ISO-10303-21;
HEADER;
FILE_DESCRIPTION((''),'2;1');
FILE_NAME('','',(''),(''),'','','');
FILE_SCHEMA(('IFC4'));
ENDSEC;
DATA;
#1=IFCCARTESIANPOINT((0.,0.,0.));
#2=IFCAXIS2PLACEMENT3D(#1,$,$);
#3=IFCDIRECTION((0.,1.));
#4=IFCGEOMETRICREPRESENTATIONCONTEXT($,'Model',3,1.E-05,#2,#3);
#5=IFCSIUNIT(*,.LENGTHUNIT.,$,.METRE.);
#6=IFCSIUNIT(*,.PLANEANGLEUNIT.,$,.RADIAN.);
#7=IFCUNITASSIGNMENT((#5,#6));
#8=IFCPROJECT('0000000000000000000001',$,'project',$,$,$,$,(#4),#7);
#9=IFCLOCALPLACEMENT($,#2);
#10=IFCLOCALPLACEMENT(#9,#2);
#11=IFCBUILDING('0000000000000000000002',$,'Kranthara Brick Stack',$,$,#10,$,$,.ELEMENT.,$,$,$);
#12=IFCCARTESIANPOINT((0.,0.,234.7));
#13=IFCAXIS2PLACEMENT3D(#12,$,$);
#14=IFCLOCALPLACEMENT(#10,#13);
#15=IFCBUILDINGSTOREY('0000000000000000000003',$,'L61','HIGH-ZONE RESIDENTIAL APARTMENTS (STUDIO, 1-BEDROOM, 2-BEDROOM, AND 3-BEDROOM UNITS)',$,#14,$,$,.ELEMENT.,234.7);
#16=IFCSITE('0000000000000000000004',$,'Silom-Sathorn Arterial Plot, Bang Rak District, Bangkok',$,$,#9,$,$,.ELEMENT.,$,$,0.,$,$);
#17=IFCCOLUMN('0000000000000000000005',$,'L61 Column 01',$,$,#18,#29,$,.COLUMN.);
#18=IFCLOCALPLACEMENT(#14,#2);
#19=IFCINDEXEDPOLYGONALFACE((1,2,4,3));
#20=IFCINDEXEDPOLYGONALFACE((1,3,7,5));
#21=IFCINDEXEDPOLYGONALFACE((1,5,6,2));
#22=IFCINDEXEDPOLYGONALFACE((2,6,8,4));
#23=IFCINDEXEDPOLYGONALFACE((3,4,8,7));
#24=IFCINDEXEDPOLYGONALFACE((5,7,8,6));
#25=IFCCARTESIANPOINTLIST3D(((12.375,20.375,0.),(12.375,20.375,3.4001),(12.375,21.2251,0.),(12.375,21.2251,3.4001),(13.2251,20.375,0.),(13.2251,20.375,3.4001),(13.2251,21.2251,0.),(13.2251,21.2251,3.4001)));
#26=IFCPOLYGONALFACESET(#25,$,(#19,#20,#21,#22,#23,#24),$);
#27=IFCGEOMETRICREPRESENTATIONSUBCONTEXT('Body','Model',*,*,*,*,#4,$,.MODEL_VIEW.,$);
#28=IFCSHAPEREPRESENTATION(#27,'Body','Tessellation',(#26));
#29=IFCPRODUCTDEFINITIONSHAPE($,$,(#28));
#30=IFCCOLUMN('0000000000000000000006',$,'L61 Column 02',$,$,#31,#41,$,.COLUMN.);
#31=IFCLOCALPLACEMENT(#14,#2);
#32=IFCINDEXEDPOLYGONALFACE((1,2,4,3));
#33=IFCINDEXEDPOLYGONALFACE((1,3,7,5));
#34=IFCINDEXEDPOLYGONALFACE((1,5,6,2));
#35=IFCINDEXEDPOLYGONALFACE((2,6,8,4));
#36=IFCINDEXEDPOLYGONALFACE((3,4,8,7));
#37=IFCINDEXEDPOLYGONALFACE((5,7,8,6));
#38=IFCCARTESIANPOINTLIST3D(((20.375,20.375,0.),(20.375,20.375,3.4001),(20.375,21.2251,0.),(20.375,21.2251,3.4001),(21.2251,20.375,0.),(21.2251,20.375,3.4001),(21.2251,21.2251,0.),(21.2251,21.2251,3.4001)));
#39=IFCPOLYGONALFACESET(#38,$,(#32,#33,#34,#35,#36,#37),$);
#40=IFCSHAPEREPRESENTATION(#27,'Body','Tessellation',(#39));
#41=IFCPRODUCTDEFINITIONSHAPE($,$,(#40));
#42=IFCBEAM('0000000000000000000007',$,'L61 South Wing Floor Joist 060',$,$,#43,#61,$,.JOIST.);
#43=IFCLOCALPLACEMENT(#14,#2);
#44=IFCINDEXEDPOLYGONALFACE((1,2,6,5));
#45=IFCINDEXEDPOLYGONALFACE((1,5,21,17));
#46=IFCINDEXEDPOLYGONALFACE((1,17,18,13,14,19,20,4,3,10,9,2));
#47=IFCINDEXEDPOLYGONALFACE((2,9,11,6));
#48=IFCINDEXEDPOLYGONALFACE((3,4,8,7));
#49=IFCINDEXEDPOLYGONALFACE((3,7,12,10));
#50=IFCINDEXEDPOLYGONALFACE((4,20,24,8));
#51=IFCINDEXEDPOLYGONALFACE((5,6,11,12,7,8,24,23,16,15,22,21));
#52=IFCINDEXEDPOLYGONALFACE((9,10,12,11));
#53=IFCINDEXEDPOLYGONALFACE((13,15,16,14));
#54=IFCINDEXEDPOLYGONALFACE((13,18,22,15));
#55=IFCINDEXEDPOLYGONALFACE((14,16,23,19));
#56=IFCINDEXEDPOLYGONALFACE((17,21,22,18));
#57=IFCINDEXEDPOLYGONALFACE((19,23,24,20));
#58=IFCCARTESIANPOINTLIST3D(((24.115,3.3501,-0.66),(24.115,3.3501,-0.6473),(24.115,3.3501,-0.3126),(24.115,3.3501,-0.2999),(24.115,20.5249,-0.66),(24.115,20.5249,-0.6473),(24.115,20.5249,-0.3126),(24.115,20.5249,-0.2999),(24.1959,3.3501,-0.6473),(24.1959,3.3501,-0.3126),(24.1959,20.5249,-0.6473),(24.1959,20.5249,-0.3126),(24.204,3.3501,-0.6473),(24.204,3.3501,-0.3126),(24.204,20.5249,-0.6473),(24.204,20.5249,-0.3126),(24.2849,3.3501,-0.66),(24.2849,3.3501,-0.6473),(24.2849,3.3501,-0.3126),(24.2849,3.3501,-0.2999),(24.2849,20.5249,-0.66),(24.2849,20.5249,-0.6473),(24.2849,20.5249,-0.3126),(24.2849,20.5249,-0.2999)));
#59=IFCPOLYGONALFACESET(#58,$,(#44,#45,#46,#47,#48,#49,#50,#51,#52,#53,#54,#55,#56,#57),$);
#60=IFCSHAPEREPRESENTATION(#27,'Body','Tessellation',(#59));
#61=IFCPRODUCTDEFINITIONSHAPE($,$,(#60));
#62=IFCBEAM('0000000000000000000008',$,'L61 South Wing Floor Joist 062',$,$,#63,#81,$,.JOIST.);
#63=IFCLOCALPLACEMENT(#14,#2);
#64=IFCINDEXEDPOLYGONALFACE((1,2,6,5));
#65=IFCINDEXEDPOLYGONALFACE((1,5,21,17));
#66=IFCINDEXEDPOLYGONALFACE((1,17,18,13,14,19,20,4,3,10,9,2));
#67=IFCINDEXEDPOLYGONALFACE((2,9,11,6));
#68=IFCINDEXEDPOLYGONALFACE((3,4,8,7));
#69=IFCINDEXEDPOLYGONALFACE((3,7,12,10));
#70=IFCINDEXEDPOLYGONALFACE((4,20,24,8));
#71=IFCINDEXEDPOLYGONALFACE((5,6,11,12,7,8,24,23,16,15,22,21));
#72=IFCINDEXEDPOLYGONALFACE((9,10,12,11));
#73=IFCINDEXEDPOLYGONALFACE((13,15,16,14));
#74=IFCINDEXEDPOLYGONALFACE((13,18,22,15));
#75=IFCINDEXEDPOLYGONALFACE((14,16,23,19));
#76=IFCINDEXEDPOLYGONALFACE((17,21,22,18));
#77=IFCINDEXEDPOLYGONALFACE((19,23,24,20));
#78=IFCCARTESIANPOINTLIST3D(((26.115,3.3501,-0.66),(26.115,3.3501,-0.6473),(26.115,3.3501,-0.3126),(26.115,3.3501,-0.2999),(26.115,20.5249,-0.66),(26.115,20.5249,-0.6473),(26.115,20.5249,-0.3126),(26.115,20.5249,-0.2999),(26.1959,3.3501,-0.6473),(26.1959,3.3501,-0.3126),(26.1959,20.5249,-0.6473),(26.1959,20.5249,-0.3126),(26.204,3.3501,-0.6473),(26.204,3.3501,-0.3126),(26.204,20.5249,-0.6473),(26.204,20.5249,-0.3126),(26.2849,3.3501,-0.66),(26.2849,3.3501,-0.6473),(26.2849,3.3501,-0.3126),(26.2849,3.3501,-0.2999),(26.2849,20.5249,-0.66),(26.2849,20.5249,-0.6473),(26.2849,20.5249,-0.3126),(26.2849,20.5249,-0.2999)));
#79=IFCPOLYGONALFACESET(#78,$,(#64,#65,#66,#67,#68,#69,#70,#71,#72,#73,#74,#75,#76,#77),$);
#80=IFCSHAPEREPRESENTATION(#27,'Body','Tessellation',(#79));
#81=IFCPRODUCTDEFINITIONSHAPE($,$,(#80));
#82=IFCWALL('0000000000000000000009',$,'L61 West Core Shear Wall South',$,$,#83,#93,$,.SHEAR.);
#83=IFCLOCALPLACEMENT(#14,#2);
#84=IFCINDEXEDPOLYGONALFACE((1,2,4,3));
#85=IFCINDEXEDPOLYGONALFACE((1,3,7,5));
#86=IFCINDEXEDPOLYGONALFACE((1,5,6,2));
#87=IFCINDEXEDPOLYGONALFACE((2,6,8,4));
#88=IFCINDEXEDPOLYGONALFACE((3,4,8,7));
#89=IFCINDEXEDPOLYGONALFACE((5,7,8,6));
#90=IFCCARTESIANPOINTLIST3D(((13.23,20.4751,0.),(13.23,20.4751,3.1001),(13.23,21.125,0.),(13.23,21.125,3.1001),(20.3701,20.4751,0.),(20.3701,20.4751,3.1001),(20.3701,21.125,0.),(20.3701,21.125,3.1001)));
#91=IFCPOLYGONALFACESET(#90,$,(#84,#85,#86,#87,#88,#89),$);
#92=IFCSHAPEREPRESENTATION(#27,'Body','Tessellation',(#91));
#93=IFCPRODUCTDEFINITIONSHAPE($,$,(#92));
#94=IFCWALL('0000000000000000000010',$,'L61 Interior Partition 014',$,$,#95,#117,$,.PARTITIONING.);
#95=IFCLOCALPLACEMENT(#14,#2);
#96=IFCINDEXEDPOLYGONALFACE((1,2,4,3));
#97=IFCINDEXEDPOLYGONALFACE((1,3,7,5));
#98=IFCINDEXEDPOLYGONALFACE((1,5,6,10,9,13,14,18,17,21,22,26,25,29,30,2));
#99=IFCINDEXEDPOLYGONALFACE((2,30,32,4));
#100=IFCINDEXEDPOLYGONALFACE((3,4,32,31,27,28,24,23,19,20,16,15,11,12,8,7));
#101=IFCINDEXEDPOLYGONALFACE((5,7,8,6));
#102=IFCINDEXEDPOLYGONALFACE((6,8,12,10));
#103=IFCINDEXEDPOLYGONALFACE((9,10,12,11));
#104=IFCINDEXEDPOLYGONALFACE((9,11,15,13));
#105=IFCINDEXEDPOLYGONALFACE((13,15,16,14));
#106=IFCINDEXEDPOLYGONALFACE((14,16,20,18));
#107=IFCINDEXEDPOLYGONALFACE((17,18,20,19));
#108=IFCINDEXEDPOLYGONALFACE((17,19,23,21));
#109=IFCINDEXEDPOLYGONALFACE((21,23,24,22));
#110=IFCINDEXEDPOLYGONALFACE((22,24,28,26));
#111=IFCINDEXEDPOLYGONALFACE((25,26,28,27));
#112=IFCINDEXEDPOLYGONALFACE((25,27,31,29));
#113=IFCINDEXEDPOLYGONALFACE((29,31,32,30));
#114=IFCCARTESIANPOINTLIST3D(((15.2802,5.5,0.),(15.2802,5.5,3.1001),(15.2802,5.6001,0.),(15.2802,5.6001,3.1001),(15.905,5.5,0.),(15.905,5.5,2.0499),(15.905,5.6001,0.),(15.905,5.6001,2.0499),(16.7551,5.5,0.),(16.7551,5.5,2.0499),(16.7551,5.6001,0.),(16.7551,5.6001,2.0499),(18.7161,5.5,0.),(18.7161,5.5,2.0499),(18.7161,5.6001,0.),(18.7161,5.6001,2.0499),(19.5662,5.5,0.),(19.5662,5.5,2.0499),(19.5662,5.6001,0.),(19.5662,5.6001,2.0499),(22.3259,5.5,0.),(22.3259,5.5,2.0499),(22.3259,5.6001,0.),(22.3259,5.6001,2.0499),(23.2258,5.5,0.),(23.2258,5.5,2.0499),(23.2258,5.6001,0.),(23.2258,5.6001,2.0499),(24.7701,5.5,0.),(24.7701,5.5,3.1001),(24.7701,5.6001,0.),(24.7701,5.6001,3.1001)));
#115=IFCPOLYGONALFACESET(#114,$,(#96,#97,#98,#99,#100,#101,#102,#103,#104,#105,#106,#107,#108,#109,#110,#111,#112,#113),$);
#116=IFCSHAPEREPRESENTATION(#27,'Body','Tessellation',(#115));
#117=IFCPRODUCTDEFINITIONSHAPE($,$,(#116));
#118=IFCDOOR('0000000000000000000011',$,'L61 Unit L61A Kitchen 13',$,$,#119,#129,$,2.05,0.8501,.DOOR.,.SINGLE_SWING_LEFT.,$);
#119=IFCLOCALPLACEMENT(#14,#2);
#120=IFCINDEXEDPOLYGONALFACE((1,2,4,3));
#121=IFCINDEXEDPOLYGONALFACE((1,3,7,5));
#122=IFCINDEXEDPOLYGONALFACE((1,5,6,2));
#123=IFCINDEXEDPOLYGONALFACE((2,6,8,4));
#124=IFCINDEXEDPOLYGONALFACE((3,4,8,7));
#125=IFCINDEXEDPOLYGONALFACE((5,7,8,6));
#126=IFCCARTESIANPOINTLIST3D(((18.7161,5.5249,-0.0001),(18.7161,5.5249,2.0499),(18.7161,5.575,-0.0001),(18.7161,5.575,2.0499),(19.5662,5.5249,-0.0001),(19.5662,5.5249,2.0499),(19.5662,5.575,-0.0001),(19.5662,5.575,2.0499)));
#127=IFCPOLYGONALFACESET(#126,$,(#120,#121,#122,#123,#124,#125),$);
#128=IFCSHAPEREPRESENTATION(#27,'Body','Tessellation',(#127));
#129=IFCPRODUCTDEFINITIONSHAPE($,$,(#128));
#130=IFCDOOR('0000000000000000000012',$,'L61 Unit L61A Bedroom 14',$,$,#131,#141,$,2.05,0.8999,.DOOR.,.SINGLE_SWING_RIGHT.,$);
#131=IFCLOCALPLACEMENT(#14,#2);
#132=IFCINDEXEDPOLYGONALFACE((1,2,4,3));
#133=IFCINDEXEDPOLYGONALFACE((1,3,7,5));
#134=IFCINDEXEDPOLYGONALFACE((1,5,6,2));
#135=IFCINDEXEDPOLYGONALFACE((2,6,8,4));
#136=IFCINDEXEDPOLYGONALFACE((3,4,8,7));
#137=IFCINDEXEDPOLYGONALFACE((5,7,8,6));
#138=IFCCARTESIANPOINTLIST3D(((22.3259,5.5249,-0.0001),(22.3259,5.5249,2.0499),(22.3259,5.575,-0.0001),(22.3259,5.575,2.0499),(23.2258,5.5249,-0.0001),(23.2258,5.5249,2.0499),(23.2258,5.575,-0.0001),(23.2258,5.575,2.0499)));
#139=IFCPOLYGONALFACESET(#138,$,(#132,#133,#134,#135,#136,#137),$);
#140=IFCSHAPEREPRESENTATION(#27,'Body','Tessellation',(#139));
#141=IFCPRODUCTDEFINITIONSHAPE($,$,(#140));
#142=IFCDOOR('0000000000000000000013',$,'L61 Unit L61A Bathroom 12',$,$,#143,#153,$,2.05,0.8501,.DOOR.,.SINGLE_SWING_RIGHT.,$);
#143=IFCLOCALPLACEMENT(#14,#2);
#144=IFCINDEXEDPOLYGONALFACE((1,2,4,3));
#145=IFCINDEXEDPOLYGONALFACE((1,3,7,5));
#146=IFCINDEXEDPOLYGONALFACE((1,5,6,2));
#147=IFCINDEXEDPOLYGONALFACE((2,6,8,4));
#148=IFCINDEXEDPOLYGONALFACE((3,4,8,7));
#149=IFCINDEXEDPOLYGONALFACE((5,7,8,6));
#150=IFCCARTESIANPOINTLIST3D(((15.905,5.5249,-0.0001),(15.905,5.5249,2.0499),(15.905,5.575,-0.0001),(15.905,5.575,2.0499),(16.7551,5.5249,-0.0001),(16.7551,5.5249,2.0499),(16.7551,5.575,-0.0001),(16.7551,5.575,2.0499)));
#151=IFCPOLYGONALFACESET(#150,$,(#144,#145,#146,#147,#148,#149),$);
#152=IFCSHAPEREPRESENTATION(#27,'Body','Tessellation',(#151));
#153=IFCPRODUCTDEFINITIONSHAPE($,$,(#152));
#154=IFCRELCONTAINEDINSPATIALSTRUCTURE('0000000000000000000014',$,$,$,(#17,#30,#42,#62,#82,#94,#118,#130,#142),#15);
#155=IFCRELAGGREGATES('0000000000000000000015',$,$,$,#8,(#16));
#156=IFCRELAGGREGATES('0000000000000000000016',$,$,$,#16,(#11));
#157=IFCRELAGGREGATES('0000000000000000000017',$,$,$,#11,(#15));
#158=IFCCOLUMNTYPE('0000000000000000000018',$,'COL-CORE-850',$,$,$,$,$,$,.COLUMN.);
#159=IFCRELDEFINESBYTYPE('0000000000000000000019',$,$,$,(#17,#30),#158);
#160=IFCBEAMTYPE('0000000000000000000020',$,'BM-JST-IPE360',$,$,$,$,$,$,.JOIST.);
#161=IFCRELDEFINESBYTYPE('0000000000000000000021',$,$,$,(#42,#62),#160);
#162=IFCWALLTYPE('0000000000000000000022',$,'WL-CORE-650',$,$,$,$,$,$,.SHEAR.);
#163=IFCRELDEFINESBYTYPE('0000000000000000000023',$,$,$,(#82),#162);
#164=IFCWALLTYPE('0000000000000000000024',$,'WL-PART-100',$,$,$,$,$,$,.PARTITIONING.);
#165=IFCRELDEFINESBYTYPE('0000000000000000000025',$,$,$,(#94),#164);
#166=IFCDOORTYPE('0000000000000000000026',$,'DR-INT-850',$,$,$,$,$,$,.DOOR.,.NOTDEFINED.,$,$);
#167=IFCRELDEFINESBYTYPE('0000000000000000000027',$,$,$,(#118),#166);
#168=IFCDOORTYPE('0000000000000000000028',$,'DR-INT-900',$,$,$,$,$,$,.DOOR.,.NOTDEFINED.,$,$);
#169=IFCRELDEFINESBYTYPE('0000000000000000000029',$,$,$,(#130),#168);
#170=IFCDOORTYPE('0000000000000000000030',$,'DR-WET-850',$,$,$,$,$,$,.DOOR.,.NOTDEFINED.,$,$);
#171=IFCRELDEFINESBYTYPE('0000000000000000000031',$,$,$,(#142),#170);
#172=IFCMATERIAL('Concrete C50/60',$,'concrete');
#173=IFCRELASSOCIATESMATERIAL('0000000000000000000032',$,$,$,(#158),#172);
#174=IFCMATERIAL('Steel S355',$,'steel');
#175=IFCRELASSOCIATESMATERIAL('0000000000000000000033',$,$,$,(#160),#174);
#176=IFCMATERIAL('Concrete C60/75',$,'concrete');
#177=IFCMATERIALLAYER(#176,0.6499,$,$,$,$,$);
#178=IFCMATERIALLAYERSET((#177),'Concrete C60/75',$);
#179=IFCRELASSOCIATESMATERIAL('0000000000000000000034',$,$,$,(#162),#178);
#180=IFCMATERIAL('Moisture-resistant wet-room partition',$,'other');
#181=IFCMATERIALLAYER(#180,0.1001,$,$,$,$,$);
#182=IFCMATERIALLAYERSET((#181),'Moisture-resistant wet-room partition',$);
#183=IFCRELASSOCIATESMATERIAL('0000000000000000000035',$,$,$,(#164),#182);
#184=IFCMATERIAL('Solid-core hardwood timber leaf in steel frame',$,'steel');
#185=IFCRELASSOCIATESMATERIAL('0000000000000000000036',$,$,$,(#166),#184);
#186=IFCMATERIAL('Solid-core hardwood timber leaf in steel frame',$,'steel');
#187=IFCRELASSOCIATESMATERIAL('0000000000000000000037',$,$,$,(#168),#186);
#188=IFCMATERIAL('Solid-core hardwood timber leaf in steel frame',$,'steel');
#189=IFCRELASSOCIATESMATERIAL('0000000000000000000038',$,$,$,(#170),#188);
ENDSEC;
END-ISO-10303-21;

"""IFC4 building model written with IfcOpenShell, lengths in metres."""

from ifc_helpers import new_model, si_unit, direction, frame, frame_2d, origin, origin_2d, place, context, subcontext, project, spatial, rectangle, i_section, extrude, material, layer, layer_set, material_profile, profile_set, type_object, element, fill, save


model = new_model("IFC4")

# Units and contexts
model_context = context("Model", 3, precision=1e-05, world=origin(), true_north=direction((0.0, 1.0)))
body_context = subcontext(model_context, "Body", "Model", "MODEL_VIEW")
ifc_project = project(units=[si_unit("LENGTHUNIT", "METRE"), si_unit("PLANEANGLEUNIT", "RADIAN")], contexts=[model_context])

# Site, building, storey
site_placement = place(None, origin())
site = spatial("IfcSite", under=ifc_project, at=site_placement, Name="Silom-Sathorn Arterial Plot, Bang Rak District, Bangkok", CompositionType="ELEMENT", RefElevation=0.0)
building_placement = place(site_placement, origin())
building = spatial("IfcBuilding", under=site, at=building_placement, Name="Kranthara Brick Stack", CompositionType="ELEMENT")
storey_placement = place(building_placement, frame((0.0, 0.0, 234.7)))
storey = spatial("IfcBuildingStorey", under=building, at=storey_placement, Name="L61", Description="HIGH-ZONE RESIDENTIAL APARTMENTS (STUDIO, 1-BEDROOM, 2-BEDROOM, AND 3-BEDROOM UNITS)", CompositionType="ELEMENT", Elevation=234.7)

# Columns
ifc_material_1 = material(Name="Concrete C50/60", Category="concrete")
ifc_material_profile_1 = material_profile(ifc_material_1, rectangle(XDim=0.8501, YDim=0.8501, at=origin_2d()), Name="RC 850x850")
ifc_profile_set_1 = profile_set([ifc_material_profile_1], Name="Concrete C50/60")
column_type = type_object("IfcColumnType", Name="COL-CORE-850", PredefinedType="COLUMN", material=ifc_profile_set_1)
for number, where, z_axis, x_axis, name in (
    (1, (12.8, 20.8, 0.0), (0.0, 0.0, 1.0), (1.0, 0.0, 0.0), "L61 Column 01"),
    (2, (20.8, 20.8, 0.0), (0.0, 0.0, 1.0), (1.0, 0.0, 0.0), "L61 Column 02"),
):
    element("IfcColumn", number, at=place(storey_placement, frame(where, z_axis=z_axis, x_axis=x_axis)), inside=storey, type_object=column_type, Name=name, PredefinedType="COLUMN", context=body_context, shape_type="SweptSolid", body=[
        extrude(rectangle(XDim=0.8501, YDim=0.8501, at=origin_2d()), origin(), (0.0, 0.0, 1.0), 3.4001),
    ])

# Beams
ifc_material_2 = material(Name="Steel S355", Category="steel")
ifc_material_profile_2 = material_profile(ifc_material_2, i_section(OverallWidth=0.1699, OverallDepth=0.3601, WebThickness=0.0081, FlangeThickness=0.0127, at=origin_2d()), Name="IPE 360")
ifc_profile_set_2 = profile_set([ifc_material_profile_2], Name="Steel S355")
beam_type = type_object("IfcBeamType", Name="BM-JST-IPE360", PredefinedType="JOIST", material=ifc_profile_set_2)
for number, where, z_axis, x_axis, name in (
    (3, (24.2, 3.3501, -0.48), (0.0, 1.0, 0.0), (-1.0, 0.0, 0.0), "L61 South Wing Floor Joist 060"),
    (4, (26.2, 3.3501, -0.48), (0.0, 1.0, 0.0), (-1.0, 0.0, 0.0), "L61 South Wing Floor Joist 062"),
):
    element("IfcBeam", number, at=place(storey_placement, frame(where, z_axis=z_axis, x_axis=x_axis)), inside=storey, type_object=beam_type, Name=name, PredefinedType="JOIST", context=body_context, shape_type="SweptSolid", body=[
        extrude(i_section(OverallWidth=0.1699, OverallDepth=0.3601, WebThickness=0.0081, FlangeThickness=0.0127, at=origin_2d()), origin(), (0.0, 0.0, 1.0), 17.1748),
    ])

# Wall
ifc_material_3 = material(Name="Concrete C60/75", Category="concrete")
ifc_layer_1 = layer(ifc_material_3, 0.6499)
ifc_layer_set_1 = layer_set([ifc_layer_1], Name="Concrete C60/75")
wall_type_1 = type_object("IfcWallType", Name="WL-CORE-650", PredefinedType="SHEAR", material=ifc_layer_set_1)
wall_1_placement = place(storey_placement, frame((13.23, 20.8, 0.0), z_axis=(0.0, 0.0, 1.0), x_axis=(1.0, 0.0, 0.0)))
element("IfcWall", 5, at=wall_1_placement, inside=storey, type_object=wall_type_1, Name="L61 West Core Shear Wall South", PredefinedType="SHEAR", context=body_context, shape_type="SweptSolid", body=[
    extrude(rectangle(XDim=7.1401, YDim=0.6499, at=frame_2d((3.5701, 0.0))), origin(), (0.0, 0.0, 1.0), 3.1001),
])

# Wall, openings, doors
ifc_material_4 = material(Name="Moisture-resistant wet-room partition", Category="other")
ifc_layer_2 = layer(ifc_material_4, 0.1001)
ifc_layer_set_2 = layer_set([ifc_layer_2], Name="Moisture-resistant wet-room partition")
wall_type_2 = type_object("IfcWallType", Name="WL-PART-100", PredefinedType="PARTITIONING", material=ifc_layer_set_2)
wall_2_placement = place(storey_placement, frame((15.28, 5.55, 0.0), z_axis=(0.0, 0.0, 1.0), x_axis=(1.0, 0.0, 0.0)))
wall_2 = element("IfcWall", 6, at=wall_2_placement, inside=storey, type_object=wall_type_2, Name="L61 Interior Partition 014", PredefinedType="PARTITIONING", context=body_context, shape_type="SweptSolid", body=[
    extrude(rectangle(XDim=9.49, YDim=0.1001, at=frame_2d((4.7451, 0.0))), origin(), (0.0, 0.0, 1.0), 3.1001),
])
opening_1_placement = place(wall_2_placement, frame((0.625, 0.0, 0.0)))
opening_1 = element("IfcOpeningElement", 7, at=opening_1_placement, cuts=wall_2, PredefinedType="OPENING", context=body_context, shape_type="SweptSolid", body=[
    extrude(rectangle(XDim=0.8501, YDim=2.05, at=frame_2d((0.425, 1.0249))), frame((0.0, 0.0601, 0.0), z_axis=(0.0, -1.0, 0.0), x_axis=(1.0, 0.0, 0.0)), (0.0, 0.0, 1.0), 0.1201),
])
opening_2_placement = place(wall_2_placement, frame((3.436, 0.0, 0.0)))
opening_2 = element("IfcOpeningElement", 8, at=opening_2_placement, cuts=wall_2, PredefinedType="OPENING", context=body_context, shape_type="SweptSolid", body=[
    extrude(rectangle(XDim=0.8501, YDim=2.05, at=frame_2d((0.425, 1.0249))), frame((0.0, 0.0601, 0.0), z_axis=(0.0, -1.0, 0.0), x_axis=(1.0, 0.0, 0.0)), (0.0, 0.0, 1.0), 0.1201),
])
opening_3_placement = place(wall_2_placement, frame((7.0459, 0.0, 0.0)))
opening_3 = element("IfcOpeningElement", 9, at=opening_3_placement, cuts=wall_2, PredefinedType="OPENING", context=body_context, shape_type="SweptSolid", body=[
    extrude(rectangle(XDim=0.8999, YDim=2.05, at=frame_2d((0.45, 1.0249))), frame((0.0, 0.0601, 0.0), z_axis=(0.0, -1.0, 0.0), x_axis=(1.0, 0.0, 0.0)), (0.0, 0.0, 1.0), 0.1201),
])
ifc_material_5 = material(Name="Solid-core hardwood timber leaf in steel frame", Category="steel")
door_type_1 = type_object("IfcDoorType", Name="DR-INT-850", OperationType="NOTDEFINED", PredefinedType="DOOR", material=ifc_material_5)
door_1_placement = place(opening_2_placement, origin())
door_1 = element("IfcDoor", 10, at=door_1_placement, inside=storey, type_object=door_type_1, Name="L61 Unit L61A Kitchen 13", OperationType="SINGLE_SWING_LEFT", OverallHeight=2.05, OverallWidth=0.8501, PredefinedType="DOOR", context=body_context, shape_type="SweptSolid", body=[
    extrude(rectangle(XDim=0.8501, YDim=2.05, at=frame_2d((0.425, 1.0249))), frame((0.0, 0.0249, 0.0), z_axis=(0.0, -1.0, 0.0), x_axis=(1.0, 0.0, 0.0)), (0.0, 0.0, 1.0), 0.05),
])
fill(opening_2, door_1)
ifc_material_6 = material(Name="Solid-core hardwood timber leaf in steel frame", Category="steel")
door_type_2 = type_object("IfcDoorType", Name="DR-INT-900", OperationType="NOTDEFINED", PredefinedType="DOOR", material=ifc_material_6)
door_2_placement = place(opening_3_placement, origin())
door_2 = element("IfcDoor", 11, at=door_2_placement, inside=storey, type_object=door_type_2, Name="L61 Unit L61A Bedroom 14", OperationType="SINGLE_SWING_RIGHT", OverallHeight=2.05, OverallWidth=0.8999, PredefinedType="DOOR", context=body_context, shape_type="SweptSolid", body=[
    extrude(rectangle(XDim=0.8999, YDim=2.05, at=frame_2d((0.45, 1.0249))), frame((0.0, 0.0249, 0.0), z_axis=(0.0, -1.0, 0.0), x_axis=(1.0, 0.0, 0.0)), (0.0, 0.0, 1.0), 0.05),
])
fill(opening_3, door_2)
ifc_material_7 = material(Name="Solid-core hardwood timber leaf in steel frame", Category="steel")
door_type_3 = type_object("IfcDoorType", Name="DR-WET-850", OperationType="NOTDEFINED", PredefinedType="DOOR", material=ifc_material_7)
door_3_placement = place(opening_1_placement, origin())
door_3 = element("IfcDoor", 12, at=door_3_placement, inside=storey, type_object=door_type_3, Name="L61 Unit L61A Bathroom 12", OperationType="SINGLE_SWING_RIGHT", OverallHeight=2.05, OverallWidth=0.8501, PredefinedType="DOOR", context=body_context, shape_type="SweptSolid", body=[
    extrude(rectangle(XDim=0.8501, YDim=2.05, at=frame_2d((0.425, 1.0249))), frame((0.0, 0.0249, 0.0), z_axis=(0.0, -1.0, 0.0), x_axis=(1.0, 0.0, 0.0)), (0.0, 0.0, 1.0), 0.05),
])
fill(opening_1, door_3)

save(model, "model.ifc")
